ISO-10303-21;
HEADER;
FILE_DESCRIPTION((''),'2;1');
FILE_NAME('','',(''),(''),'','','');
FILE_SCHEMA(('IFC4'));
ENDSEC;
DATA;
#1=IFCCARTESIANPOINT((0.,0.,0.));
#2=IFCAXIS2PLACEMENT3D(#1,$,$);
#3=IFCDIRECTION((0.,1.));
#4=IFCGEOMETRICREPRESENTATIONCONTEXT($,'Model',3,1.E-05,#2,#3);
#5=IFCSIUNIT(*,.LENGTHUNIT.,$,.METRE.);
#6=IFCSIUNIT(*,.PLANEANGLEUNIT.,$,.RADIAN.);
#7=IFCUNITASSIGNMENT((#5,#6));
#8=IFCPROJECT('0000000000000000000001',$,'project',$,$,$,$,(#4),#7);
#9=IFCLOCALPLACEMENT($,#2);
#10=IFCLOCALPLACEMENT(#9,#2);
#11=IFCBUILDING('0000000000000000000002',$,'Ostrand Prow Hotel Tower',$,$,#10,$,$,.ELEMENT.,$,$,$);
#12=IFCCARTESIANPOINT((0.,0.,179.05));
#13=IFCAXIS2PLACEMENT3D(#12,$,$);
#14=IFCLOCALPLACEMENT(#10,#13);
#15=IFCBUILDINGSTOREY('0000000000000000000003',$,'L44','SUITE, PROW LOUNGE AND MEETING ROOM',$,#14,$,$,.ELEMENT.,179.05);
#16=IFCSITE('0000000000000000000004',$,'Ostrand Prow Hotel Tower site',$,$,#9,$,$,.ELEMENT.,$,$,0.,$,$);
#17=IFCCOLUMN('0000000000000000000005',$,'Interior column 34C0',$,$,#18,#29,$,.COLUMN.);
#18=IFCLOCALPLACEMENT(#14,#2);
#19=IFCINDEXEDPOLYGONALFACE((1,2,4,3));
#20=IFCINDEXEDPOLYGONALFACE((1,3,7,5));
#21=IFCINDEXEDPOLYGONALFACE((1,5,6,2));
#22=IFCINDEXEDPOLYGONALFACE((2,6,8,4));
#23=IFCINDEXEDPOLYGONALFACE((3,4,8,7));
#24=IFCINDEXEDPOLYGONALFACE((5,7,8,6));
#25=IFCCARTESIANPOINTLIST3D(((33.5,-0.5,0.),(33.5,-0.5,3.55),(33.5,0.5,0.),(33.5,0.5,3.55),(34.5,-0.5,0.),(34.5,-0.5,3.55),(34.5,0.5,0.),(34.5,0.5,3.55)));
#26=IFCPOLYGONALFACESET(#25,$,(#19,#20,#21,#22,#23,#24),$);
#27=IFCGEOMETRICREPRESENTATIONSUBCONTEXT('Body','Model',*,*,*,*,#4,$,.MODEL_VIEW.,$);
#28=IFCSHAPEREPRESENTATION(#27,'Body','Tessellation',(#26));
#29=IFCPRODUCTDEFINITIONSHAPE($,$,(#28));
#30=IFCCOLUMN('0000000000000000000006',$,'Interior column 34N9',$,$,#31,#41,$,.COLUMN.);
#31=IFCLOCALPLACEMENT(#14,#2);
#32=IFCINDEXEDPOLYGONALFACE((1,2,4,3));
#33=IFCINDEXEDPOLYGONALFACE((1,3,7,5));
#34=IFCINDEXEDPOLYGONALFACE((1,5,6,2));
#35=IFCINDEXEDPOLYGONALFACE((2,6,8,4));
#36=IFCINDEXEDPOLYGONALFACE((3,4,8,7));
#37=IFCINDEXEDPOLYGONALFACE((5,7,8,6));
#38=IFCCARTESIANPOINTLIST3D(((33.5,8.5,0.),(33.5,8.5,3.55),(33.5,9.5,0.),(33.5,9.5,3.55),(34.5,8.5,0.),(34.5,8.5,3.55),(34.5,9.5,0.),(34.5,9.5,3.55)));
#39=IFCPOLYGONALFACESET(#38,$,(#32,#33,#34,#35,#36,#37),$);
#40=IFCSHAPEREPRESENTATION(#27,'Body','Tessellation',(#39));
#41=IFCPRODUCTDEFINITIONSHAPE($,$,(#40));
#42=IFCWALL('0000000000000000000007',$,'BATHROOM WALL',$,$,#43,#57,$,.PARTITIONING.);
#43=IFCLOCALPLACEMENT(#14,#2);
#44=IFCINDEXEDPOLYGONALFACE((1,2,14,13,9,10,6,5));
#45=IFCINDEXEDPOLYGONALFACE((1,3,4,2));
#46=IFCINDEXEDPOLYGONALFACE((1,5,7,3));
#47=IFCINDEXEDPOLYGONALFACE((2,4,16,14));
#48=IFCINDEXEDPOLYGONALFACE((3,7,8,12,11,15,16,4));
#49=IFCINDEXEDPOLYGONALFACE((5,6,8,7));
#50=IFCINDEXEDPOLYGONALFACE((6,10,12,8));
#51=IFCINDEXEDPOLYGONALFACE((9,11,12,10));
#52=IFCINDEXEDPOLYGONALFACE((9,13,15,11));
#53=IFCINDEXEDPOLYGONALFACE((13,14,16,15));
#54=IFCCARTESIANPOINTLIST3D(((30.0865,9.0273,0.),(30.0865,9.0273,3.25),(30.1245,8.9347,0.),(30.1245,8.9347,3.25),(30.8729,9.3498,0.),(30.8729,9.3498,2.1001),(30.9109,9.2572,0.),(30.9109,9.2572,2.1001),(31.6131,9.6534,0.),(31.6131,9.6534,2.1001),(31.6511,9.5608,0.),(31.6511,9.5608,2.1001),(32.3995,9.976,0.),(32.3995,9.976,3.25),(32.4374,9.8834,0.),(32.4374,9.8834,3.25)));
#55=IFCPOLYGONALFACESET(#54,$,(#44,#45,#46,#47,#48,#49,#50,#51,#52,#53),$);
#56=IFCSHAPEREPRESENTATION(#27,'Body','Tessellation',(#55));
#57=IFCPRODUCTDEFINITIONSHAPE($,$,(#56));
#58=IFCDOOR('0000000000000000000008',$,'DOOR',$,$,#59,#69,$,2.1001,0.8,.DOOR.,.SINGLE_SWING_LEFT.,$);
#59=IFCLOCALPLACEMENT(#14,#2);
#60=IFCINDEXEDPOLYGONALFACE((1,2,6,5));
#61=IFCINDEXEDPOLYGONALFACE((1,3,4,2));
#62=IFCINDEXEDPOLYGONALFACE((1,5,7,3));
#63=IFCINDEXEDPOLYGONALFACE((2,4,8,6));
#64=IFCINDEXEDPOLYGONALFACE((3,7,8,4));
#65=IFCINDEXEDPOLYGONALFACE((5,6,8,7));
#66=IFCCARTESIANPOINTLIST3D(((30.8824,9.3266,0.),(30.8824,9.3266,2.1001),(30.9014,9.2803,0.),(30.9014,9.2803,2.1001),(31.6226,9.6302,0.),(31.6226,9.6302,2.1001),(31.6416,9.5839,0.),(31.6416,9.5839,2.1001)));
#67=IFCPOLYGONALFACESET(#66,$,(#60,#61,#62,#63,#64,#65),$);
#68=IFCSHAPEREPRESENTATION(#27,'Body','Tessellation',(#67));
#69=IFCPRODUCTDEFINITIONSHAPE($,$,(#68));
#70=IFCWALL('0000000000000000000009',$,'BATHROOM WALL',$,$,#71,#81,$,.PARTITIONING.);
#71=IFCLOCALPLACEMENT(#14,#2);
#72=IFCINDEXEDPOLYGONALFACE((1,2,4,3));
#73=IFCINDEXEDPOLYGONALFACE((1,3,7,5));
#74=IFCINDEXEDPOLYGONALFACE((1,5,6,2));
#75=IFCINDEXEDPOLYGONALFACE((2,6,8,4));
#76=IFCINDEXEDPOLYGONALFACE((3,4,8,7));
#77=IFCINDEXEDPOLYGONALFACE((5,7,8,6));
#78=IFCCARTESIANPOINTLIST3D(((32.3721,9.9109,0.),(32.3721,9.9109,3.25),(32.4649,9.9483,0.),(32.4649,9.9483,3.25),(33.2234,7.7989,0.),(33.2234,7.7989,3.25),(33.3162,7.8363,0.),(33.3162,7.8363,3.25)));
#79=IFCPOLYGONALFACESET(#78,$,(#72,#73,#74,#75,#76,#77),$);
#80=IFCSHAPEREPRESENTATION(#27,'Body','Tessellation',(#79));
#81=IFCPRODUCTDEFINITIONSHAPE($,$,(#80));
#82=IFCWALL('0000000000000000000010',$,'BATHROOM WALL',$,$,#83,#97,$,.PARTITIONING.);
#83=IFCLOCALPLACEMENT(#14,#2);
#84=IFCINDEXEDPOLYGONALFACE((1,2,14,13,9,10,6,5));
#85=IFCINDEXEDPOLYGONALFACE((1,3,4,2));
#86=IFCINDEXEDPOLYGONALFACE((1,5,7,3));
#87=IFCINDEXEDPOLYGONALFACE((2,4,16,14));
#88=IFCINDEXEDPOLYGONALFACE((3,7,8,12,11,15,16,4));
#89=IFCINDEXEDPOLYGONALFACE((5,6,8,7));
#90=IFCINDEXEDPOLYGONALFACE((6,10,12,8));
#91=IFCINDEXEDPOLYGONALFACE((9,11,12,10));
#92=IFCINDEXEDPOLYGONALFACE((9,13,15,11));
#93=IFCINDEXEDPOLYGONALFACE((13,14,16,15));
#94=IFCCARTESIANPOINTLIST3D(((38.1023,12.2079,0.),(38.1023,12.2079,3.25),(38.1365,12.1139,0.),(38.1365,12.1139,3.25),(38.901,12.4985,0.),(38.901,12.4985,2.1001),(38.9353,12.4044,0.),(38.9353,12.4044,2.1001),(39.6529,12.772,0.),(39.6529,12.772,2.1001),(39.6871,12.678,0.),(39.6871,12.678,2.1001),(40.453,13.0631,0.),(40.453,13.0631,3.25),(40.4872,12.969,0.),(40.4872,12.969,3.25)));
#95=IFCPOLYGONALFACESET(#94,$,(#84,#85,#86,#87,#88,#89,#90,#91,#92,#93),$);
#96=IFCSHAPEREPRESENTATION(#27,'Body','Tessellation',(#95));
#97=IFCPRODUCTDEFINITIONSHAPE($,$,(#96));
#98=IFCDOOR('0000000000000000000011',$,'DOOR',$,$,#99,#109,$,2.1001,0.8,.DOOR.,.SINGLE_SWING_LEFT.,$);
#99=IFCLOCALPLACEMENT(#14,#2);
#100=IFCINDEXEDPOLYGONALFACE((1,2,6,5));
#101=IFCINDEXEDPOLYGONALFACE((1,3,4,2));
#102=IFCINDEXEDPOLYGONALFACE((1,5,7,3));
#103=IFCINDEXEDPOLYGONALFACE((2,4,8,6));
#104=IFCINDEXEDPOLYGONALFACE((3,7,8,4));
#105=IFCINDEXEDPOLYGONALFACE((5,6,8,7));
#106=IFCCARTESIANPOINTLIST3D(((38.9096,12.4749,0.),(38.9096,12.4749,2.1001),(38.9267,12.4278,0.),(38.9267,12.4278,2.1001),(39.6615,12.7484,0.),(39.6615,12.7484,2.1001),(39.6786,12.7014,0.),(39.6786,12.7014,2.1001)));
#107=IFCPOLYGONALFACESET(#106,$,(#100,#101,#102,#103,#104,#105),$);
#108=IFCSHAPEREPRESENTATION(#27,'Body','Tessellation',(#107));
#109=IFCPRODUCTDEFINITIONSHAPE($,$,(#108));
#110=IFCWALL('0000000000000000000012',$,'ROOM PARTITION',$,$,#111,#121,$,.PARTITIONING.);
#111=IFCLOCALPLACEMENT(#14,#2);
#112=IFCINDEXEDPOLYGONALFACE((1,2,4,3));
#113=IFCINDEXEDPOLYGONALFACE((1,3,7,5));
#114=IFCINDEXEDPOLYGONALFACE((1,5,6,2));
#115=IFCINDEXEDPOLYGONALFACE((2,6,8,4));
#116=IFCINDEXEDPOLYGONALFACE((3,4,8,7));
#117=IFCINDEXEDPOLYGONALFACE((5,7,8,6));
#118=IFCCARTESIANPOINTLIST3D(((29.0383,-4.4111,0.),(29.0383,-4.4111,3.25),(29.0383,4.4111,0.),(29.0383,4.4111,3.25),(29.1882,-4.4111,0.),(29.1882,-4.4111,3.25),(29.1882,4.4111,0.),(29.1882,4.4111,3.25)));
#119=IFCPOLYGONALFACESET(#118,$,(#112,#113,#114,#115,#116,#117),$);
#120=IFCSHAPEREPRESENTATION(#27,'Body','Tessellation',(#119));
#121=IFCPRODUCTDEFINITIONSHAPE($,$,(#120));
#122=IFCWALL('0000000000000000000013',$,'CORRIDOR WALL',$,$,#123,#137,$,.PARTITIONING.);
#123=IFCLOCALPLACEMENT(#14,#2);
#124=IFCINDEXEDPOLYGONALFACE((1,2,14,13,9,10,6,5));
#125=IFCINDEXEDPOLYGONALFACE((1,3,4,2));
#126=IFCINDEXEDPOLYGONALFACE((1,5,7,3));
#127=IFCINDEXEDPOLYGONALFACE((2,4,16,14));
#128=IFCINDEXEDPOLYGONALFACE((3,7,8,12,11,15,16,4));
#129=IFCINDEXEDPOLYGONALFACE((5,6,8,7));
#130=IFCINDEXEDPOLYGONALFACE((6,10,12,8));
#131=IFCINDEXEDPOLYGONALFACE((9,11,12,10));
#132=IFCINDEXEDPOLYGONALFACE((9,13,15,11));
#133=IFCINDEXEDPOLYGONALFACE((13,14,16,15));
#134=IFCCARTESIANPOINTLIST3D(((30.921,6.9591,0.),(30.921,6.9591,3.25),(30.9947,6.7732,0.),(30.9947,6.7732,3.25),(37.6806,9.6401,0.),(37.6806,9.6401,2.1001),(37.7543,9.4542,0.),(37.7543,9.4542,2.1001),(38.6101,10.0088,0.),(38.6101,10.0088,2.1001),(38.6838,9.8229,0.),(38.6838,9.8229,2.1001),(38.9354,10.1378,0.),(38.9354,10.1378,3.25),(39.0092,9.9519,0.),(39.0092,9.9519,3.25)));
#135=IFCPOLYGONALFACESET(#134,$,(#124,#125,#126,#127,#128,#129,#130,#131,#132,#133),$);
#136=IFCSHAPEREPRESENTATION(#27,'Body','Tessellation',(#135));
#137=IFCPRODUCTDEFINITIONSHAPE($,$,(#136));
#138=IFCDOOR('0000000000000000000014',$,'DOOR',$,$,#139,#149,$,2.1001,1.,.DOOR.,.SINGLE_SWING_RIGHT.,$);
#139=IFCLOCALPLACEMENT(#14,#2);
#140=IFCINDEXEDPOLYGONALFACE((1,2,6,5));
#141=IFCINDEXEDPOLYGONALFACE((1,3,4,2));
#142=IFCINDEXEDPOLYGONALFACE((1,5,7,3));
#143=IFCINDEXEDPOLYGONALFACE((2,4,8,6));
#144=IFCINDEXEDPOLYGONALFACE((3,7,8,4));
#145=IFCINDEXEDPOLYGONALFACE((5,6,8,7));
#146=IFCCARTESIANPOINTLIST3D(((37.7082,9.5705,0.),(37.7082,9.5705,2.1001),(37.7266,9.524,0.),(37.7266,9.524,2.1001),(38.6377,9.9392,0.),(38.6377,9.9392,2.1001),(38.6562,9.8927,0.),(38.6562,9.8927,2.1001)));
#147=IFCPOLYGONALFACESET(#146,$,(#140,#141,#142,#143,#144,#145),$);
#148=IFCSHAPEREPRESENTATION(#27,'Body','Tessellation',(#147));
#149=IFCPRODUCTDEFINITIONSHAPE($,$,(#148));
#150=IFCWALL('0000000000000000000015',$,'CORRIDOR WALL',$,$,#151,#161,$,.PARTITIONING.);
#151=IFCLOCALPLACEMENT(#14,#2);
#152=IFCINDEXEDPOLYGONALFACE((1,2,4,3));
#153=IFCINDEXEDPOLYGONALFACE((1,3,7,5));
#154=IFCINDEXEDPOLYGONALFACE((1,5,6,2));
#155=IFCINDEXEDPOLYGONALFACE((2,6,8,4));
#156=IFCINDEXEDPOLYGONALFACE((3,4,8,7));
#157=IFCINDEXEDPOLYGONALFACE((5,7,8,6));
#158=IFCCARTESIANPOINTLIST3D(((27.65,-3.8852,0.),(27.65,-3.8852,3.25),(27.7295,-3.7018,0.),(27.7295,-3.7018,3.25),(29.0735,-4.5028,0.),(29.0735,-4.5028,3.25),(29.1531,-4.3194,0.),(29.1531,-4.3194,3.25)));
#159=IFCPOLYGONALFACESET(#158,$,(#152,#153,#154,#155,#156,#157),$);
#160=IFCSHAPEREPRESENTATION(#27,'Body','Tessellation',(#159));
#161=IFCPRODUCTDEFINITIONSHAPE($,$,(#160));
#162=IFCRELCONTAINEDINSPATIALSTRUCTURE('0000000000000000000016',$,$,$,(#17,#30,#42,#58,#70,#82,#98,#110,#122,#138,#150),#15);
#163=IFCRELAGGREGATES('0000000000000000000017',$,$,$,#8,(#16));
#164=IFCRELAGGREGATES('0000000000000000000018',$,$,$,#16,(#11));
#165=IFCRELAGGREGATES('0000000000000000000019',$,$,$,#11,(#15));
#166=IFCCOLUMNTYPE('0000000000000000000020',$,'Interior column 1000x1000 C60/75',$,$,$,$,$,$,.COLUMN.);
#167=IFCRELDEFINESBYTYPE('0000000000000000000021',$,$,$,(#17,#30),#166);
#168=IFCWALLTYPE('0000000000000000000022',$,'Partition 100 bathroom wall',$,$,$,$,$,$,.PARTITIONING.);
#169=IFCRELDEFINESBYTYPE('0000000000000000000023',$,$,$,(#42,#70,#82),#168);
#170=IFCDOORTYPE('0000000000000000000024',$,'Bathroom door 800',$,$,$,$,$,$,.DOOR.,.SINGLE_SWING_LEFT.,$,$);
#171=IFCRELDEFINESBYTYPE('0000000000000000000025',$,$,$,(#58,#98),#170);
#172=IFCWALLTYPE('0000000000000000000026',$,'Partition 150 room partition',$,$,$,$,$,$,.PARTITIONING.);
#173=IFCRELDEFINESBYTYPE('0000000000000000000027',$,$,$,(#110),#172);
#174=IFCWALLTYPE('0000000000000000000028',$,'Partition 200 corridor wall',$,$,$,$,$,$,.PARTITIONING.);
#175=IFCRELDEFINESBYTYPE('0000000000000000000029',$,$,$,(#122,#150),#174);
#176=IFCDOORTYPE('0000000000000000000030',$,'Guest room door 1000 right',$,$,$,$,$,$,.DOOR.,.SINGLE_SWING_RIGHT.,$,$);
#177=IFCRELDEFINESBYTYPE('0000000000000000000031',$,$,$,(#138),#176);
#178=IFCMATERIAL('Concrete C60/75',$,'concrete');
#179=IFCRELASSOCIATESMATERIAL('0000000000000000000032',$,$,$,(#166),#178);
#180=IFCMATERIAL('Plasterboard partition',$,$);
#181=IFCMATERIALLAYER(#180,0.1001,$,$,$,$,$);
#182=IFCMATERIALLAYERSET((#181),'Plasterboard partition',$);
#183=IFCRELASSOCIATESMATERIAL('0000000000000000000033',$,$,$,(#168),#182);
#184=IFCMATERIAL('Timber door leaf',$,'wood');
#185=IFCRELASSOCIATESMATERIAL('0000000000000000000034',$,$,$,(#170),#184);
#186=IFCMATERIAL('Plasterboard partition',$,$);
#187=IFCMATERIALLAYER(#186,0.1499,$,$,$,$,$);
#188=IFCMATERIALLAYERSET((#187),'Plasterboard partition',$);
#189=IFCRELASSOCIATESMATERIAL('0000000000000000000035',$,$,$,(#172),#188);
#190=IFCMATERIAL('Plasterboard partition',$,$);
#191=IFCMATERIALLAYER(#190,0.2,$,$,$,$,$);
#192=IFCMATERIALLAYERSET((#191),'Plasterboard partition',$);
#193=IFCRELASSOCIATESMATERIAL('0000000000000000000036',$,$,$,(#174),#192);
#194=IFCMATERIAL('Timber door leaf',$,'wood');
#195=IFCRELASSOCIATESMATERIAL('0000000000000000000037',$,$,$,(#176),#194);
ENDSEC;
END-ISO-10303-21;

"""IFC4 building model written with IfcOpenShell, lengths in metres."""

from ifc_helpers import new_model, si_unit, direction, frame, frame_2d, origin, origin_2d, place, context, subcontext, project, spatial, rectangle, extrude, material, layer, layer_set, material_profile, profile_set, type_object, element, fill, save


model = new_model("IFC4")

# Units and contexts
model_context = context("Model", 3, precision=1e-05, world=origin(), true_north=direction((0.0, 1.0)))
body_context = subcontext(model_context, "Body", "Model", "MODEL_VIEW")
ifc_project = project(units=[si_unit("LENGTHUNIT", "METRE"), si_unit("PLANEANGLEUNIT", "RADIAN")], contexts=[model_context])

# Site, building, storey
site_placement = place(None, origin())
site = spatial("IfcSite", under=ifc_project, at=site_placement, Name="Ostrand Prow Hotel Tower site", CompositionType="ELEMENT", RefElevation=0.0)
building_placement = place(site_placement, origin())
building = spatial("IfcBuilding", under=site, at=building_placement, Name="Ostrand Prow Hotel Tower", CompositionType="ELEMENT")
storey_placement = place(building_placement, frame((0.0, 0.0, 179.05)))
storey = spatial("IfcBuildingStorey", under=building, at=storey_placement, Name="L44", Description="SUITE, PROW LOUNGE AND MEETING ROOM", CompositionType="ELEMENT", Elevation=179.05)

# Columns
ifc_material_1 = material(Name="Concrete C60/75", Category="concrete")
ifc_material_profile = material_profile(ifc_material_1, rectangle(XDim=1.0, YDim=1.0, at=origin_2d()), Name="RC 1000x1000")
ifc_profile_set = profile_set([ifc_material_profile], Name="Concrete C60/75")
column_type = type_object("IfcColumnType", Name="Interior column 1000x1000 C60/75", PredefinedType="COLUMN", material=ifc_profile_set)
for number, where, z_axis, x_axis, name in (
    (1, (34.0, 0.0, 0.0), (0.0, 0.0, 1.0), (1.0, 0.0, 0.0), "Interior column 34C0"),
    (2, (34.0, 9.0, 0.0), (0.0, 0.0, 1.0), (1.0, 0.0, 0.0), "Interior column 34N9"),
):
    element("IfcColumn", number, at=place(storey_placement, frame(where, z_axis=z_axis, x_axis=x_axis)), inside=storey, type_object=column_type, Name=name, PredefinedType="COLUMN", context=body_context, shape_type="SweptSolid", body=[
        extrude(rectangle(XDim=1.0, YDim=1.0, at=origin_2d()), origin(), (0.0, 0.0, 1.0), 3.55),
    ])

# Wall, opening, door
ifc_material_2 = material(Name="Plasterboard partition")
ifc_layer_1 = layer(ifc_material_2, 0.1001)
ifc_layer_set_1 = layer_set([ifc_layer_1], Name="Plasterboard partition")
wall_type_1 = type_object("IfcWallType", Name="Partition 100 bathroom wall", PredefinedType="PARTITIONING", material=ifc_layer_set_1)
wall_1_placement = place(storey_placement, frame((30.1055, 8.981, 0.0), z_axis=(0.0, 0.0, 1.0), x_axis=(0.925195, 0.379492, 0.0)))
wall_1 = element("IfcWall", 3, at=wall_1_placement, inside=storey, type_object=wall_type_1, Name="BATHROOM WALL", PredefinedType="PARTITIONING", context=body_context, shape_type="SweptSolid", body=[
    extrude(rectangle(XDim=2.5, YDim=0.1001, at=frame_2d((1.25, 0.0))), origin(), (0.0, 0.0, 1.0), 3.25),
])
opening_1_placement = place(wall_1_placement, frame((0.8501, 0.0, 0.0)))
opening_1 = element("IfcOpeningElement", 4, at=opening_1_placement, cuts=wall_1, PredefinedType="OPENING", context=body_context, shape_type="SweptSolid", body=[
    extrude(rectangle(XDim=0.8, YDim=2.1001, at=frame_2d((0.3999, 1.05))), frame((0.0, 0.0601, 0.0), z_axis=(0.0, -1.0, 0.0), x_axis=(1.0, 0.0, 0.0)), (0.0, 0.0, 1.0), 0.1201),
])
ifc_material_3 = material(Name="Timber door leaf", Category="wood")
door_type_1 = type_object("IfcDoorType", Name="Bathroom door 800", OperationType="SINGLE_SWING_LEFT", PredefinedType="DOOR", material=ifc_material_3)
door_1_placement = place(opening_1_placement, origin())
door_1 = element("IfcDoor", 5, at=door_1_placement, inside=storey, type_object=door_type_1, Name="DOOR", OperationType="SINGLE_SWING_LEFT", OverallHeight=2.1001, OverallWidth=0.8, PredefinedType="DOOR", context=body_context, shape_type="SweptSolid", body=[
    extrude(rectangle(XDim=0.8, YDim=2.1001, at=frame_2d((0.3999, 1.05))), frame((0.0, 0.0249, 0.0), z_axis=(0.0, -1.0, 0.0), x_axis=(1.0, 0.0, 0.0)), (0.0, 0.0, 1.0), 0.05),
])
fill(opening_1, door_1)

# Wall
wall_2_placement = place(storey_placement, frame((32.4185, 9.9297, 0.0), z_axis=(0.0, 0.0, 1.0), x_axis=(0.373848, -0.92749, 0.0)))
element("IfcWall", 6, at=wall_2_placement, inside=storey, type_object=wall_type_1, Name="BATHROOM WALL", PredefinedType="PARTITIONING", context=body_context, shape_type="SweptSolid", body=[
    extrude(rectangle(XDim=2.2771, YDim=0.1001, at=frame_2d((1.1387, 0.0))), origin(), (0.0, 0.0, 1.0), 3.25),
])

# Wall, opening, door
wall_3_placement = place(storey_placement, frame((38.1194, 12.1609, 0.0), z_axis=(0.0, 0.0, 1.0), x_axis=(0.939745, 0.341876, 0.0)))
wall_3 = element("IfcWall", 7, at=wall_3_placement, inside=storey, type_object=wall_type_1, Name="BATHROOM WALL", PredefinedType="PARTITIONING", context=body_context, shape_type="SweptSolid", body=[
    extrude(rectangle(XDim=2.5015, YDim=0.1001, at=frame_2d((1.2507, 0.0))), origin(), (0.0, 0.0, 1.0), 3.25),
])
opening_2_placement = place(wall_3_placement, frame((0.8501, 0.0, 0.0)))
opening_2 = element("IfcOpeningElement", 8, at=opening_2_placement, cuts=wall_3, PredefinedType="OPENING", context=body_context, shape_type="SweptSolid", body=[
    extrude(rectangle(XDim=0.8, YDim=2.1001, at=frame_2d((0.3999, 1.05))), frame((0.0, 0.0601, 0.0), z_axis=(0.0, -1.0, 0.0), x_axis=(1.0, 0.0, 0.0)), (0.0, 0.0, 1.0), 0.1201),
])
door_2_placement = place(opening_2_placement, origin())
door_2 = element("IfcDoor", 9, at=door_2_placement, inside=storey, type_object=door_type_1, Name="DOOR", OperationType="SINGLE_SWING_LEFT", OverallHeight=2.1001, OverallWidth=0.8, PredefinedType="DOOR", context=body_context, shape_type="SweptSolid", body=[
    extrude(rectangle(XDim=0.8, YDim=2.1001, at=frame_2d((0.3999, 1.05))), frame((0.0, 0.0249, 0.0), z_axis=(0.0, -1.0, 0.0), x_axis=(1.0, 0.0, 0.0)), (0.0, 0.0, 1.0), 0.05),
])
fill(opening_2, door_2)

# Wall
ifc_material_4 = material(Name="Plasterboard partition")
ifc_layer_2 = layer(ifc_material_4, 0.1499)
ifc_layer_set_2 = layer_set([ifc_layer_2], Name="Plasterboard partition")
wall_type_2 = type_object("IfcWallType", Name="Partition 150 room partition", PredefinedType="PARTITIONING", material=ifc_layer_set_2)
wall_4_placement = place(storey_placement, frame((29.1133, -4.4111, 0.0), z_axis=(0.0, 0.0, 1.0), x_axis=(0.0, 1.0, 0.0)))
element("IfcWall", 10, at=wall_4_placement, inside=storey, type_object=wall_type_2, Name="ROOM PARTITION", PredefinedType="PARTITIONING", context=body_context, shape_type="SweptSolid", body=[
    extrude(rectangle(XDim=8.8223, YDim=0.1499, at=frame_2d((4.4111, 0.0))), origin(), (0.0, 0.0, 1.0), 3.25),
])

# Wall, opening, door
ifc_material_5 = material(Name="Plasterboard partition")
ifc_layer_3 = layer(ifc_material_5, 0.2)
ifc_layer_set_3 = layer_set([ifc_layer_3], Name="Plasterboard partition")
wall_type_3 = type_object("IfcWallType", Name="Partition 200 corridor wall", PredefinedType="PARTITIONING", material=ifc_layer_set_3)
wall_5_placement = place(storey_placement, frame((38.9724, 10.0449, 0.0), z_axis=(0.0, 0.0, 1.0), x_axis=(-0.929555, -0.368684, 0.0)))
wall_5 = element("IfcWall", 11, at=wall_5_placement, inside=storey, type_object=wall_type_3, Name="CORRIDOR WALL", PredefinedType="PARTITIONING", context=body_context, shape_type="SweptSolid", body=[
    extrude(rectangle(XDim=8.6218, YDim=0.2, at=frame_2d((4.311, 0.0))), origin(), (0.0, 0.0, 1.0), 3.25),
])
opening_3_placement = place(wall_5_placement, frame((0.3501, 0.0, 0.0)))
opening_3 = element("IfcOpeningElement", 12, at=opening_3_placement, cuts=wall_5, PredefinedType="OPENING", context=body_context, shape_type="SweptSolid", body=[
    extrude(rectangle(XDim=1.0, YDim=2.1001, at=frame_2d((0.5, 1.05))), frame((0.0, 0.1099, 0.0), z_axis=(0.0, -1.0, 0.0), x_axis=(1.0, 0.0, 0.0)), (0.0, 0.0, 1.0), 0.22),
])
ifc_material_6 = material(Name="Timber door leaf", Category="wood")
door_type_2 = type_object("IfcDoorType", Name="Guest room door 1000 right", OperationType="SINGLE_SWING_RIGHT", PredefinedType="DOOR", material=ifc_material_6)
door_3_placement = place(opening_3_placement, origin())
door_3 = element("IfcDoor", 13, at=door_3_placement, inside=storey, type_object=door_type_2, Name="DOOR", OperationType="SINGLE_SWING_RIGHT", OverallHeight=2.1001, OverallWidth=1.0, PredefinedType="DOOR", context=body_context, shape_type="SweptSolid", body=[
    extrude(rectangle(XDim=1.0, YDim=2.1001, at=frame_2d((0.5, 1.05))), frame((0.0, 0.0249, 0.0), z_axis=(0.0, -1.0, 0.0), x_axis=(1.0, 0.0, 0.0)), (0.0, 0.0, 1.0), 0.05),
])
fill(opening_3, door_3)

# Wall
wall_6_placement = place(storey_placement, frame((29.1133, -4.4111, 0.0), z_axis=(0.0, 0.0, 1.0), x_axis=(-0.91737, 0.398036, 0.0)))
element("IfcWall", 14, at=wall_6_placement, inside=storey, type_object=wall_type_3, Name="CORRIDOR WALL", PredefinedType="PARTITIONING", context=body_context, shape_type="SweptSolid", body=[
    extrude(rectangle(XDim=1.5518, YDim=0.2, at=frame_2d((0.7759, 0.0))), origin(), (0.0, 0.0, 1.0), 3.25),
])

save(model, "model.ifc")
